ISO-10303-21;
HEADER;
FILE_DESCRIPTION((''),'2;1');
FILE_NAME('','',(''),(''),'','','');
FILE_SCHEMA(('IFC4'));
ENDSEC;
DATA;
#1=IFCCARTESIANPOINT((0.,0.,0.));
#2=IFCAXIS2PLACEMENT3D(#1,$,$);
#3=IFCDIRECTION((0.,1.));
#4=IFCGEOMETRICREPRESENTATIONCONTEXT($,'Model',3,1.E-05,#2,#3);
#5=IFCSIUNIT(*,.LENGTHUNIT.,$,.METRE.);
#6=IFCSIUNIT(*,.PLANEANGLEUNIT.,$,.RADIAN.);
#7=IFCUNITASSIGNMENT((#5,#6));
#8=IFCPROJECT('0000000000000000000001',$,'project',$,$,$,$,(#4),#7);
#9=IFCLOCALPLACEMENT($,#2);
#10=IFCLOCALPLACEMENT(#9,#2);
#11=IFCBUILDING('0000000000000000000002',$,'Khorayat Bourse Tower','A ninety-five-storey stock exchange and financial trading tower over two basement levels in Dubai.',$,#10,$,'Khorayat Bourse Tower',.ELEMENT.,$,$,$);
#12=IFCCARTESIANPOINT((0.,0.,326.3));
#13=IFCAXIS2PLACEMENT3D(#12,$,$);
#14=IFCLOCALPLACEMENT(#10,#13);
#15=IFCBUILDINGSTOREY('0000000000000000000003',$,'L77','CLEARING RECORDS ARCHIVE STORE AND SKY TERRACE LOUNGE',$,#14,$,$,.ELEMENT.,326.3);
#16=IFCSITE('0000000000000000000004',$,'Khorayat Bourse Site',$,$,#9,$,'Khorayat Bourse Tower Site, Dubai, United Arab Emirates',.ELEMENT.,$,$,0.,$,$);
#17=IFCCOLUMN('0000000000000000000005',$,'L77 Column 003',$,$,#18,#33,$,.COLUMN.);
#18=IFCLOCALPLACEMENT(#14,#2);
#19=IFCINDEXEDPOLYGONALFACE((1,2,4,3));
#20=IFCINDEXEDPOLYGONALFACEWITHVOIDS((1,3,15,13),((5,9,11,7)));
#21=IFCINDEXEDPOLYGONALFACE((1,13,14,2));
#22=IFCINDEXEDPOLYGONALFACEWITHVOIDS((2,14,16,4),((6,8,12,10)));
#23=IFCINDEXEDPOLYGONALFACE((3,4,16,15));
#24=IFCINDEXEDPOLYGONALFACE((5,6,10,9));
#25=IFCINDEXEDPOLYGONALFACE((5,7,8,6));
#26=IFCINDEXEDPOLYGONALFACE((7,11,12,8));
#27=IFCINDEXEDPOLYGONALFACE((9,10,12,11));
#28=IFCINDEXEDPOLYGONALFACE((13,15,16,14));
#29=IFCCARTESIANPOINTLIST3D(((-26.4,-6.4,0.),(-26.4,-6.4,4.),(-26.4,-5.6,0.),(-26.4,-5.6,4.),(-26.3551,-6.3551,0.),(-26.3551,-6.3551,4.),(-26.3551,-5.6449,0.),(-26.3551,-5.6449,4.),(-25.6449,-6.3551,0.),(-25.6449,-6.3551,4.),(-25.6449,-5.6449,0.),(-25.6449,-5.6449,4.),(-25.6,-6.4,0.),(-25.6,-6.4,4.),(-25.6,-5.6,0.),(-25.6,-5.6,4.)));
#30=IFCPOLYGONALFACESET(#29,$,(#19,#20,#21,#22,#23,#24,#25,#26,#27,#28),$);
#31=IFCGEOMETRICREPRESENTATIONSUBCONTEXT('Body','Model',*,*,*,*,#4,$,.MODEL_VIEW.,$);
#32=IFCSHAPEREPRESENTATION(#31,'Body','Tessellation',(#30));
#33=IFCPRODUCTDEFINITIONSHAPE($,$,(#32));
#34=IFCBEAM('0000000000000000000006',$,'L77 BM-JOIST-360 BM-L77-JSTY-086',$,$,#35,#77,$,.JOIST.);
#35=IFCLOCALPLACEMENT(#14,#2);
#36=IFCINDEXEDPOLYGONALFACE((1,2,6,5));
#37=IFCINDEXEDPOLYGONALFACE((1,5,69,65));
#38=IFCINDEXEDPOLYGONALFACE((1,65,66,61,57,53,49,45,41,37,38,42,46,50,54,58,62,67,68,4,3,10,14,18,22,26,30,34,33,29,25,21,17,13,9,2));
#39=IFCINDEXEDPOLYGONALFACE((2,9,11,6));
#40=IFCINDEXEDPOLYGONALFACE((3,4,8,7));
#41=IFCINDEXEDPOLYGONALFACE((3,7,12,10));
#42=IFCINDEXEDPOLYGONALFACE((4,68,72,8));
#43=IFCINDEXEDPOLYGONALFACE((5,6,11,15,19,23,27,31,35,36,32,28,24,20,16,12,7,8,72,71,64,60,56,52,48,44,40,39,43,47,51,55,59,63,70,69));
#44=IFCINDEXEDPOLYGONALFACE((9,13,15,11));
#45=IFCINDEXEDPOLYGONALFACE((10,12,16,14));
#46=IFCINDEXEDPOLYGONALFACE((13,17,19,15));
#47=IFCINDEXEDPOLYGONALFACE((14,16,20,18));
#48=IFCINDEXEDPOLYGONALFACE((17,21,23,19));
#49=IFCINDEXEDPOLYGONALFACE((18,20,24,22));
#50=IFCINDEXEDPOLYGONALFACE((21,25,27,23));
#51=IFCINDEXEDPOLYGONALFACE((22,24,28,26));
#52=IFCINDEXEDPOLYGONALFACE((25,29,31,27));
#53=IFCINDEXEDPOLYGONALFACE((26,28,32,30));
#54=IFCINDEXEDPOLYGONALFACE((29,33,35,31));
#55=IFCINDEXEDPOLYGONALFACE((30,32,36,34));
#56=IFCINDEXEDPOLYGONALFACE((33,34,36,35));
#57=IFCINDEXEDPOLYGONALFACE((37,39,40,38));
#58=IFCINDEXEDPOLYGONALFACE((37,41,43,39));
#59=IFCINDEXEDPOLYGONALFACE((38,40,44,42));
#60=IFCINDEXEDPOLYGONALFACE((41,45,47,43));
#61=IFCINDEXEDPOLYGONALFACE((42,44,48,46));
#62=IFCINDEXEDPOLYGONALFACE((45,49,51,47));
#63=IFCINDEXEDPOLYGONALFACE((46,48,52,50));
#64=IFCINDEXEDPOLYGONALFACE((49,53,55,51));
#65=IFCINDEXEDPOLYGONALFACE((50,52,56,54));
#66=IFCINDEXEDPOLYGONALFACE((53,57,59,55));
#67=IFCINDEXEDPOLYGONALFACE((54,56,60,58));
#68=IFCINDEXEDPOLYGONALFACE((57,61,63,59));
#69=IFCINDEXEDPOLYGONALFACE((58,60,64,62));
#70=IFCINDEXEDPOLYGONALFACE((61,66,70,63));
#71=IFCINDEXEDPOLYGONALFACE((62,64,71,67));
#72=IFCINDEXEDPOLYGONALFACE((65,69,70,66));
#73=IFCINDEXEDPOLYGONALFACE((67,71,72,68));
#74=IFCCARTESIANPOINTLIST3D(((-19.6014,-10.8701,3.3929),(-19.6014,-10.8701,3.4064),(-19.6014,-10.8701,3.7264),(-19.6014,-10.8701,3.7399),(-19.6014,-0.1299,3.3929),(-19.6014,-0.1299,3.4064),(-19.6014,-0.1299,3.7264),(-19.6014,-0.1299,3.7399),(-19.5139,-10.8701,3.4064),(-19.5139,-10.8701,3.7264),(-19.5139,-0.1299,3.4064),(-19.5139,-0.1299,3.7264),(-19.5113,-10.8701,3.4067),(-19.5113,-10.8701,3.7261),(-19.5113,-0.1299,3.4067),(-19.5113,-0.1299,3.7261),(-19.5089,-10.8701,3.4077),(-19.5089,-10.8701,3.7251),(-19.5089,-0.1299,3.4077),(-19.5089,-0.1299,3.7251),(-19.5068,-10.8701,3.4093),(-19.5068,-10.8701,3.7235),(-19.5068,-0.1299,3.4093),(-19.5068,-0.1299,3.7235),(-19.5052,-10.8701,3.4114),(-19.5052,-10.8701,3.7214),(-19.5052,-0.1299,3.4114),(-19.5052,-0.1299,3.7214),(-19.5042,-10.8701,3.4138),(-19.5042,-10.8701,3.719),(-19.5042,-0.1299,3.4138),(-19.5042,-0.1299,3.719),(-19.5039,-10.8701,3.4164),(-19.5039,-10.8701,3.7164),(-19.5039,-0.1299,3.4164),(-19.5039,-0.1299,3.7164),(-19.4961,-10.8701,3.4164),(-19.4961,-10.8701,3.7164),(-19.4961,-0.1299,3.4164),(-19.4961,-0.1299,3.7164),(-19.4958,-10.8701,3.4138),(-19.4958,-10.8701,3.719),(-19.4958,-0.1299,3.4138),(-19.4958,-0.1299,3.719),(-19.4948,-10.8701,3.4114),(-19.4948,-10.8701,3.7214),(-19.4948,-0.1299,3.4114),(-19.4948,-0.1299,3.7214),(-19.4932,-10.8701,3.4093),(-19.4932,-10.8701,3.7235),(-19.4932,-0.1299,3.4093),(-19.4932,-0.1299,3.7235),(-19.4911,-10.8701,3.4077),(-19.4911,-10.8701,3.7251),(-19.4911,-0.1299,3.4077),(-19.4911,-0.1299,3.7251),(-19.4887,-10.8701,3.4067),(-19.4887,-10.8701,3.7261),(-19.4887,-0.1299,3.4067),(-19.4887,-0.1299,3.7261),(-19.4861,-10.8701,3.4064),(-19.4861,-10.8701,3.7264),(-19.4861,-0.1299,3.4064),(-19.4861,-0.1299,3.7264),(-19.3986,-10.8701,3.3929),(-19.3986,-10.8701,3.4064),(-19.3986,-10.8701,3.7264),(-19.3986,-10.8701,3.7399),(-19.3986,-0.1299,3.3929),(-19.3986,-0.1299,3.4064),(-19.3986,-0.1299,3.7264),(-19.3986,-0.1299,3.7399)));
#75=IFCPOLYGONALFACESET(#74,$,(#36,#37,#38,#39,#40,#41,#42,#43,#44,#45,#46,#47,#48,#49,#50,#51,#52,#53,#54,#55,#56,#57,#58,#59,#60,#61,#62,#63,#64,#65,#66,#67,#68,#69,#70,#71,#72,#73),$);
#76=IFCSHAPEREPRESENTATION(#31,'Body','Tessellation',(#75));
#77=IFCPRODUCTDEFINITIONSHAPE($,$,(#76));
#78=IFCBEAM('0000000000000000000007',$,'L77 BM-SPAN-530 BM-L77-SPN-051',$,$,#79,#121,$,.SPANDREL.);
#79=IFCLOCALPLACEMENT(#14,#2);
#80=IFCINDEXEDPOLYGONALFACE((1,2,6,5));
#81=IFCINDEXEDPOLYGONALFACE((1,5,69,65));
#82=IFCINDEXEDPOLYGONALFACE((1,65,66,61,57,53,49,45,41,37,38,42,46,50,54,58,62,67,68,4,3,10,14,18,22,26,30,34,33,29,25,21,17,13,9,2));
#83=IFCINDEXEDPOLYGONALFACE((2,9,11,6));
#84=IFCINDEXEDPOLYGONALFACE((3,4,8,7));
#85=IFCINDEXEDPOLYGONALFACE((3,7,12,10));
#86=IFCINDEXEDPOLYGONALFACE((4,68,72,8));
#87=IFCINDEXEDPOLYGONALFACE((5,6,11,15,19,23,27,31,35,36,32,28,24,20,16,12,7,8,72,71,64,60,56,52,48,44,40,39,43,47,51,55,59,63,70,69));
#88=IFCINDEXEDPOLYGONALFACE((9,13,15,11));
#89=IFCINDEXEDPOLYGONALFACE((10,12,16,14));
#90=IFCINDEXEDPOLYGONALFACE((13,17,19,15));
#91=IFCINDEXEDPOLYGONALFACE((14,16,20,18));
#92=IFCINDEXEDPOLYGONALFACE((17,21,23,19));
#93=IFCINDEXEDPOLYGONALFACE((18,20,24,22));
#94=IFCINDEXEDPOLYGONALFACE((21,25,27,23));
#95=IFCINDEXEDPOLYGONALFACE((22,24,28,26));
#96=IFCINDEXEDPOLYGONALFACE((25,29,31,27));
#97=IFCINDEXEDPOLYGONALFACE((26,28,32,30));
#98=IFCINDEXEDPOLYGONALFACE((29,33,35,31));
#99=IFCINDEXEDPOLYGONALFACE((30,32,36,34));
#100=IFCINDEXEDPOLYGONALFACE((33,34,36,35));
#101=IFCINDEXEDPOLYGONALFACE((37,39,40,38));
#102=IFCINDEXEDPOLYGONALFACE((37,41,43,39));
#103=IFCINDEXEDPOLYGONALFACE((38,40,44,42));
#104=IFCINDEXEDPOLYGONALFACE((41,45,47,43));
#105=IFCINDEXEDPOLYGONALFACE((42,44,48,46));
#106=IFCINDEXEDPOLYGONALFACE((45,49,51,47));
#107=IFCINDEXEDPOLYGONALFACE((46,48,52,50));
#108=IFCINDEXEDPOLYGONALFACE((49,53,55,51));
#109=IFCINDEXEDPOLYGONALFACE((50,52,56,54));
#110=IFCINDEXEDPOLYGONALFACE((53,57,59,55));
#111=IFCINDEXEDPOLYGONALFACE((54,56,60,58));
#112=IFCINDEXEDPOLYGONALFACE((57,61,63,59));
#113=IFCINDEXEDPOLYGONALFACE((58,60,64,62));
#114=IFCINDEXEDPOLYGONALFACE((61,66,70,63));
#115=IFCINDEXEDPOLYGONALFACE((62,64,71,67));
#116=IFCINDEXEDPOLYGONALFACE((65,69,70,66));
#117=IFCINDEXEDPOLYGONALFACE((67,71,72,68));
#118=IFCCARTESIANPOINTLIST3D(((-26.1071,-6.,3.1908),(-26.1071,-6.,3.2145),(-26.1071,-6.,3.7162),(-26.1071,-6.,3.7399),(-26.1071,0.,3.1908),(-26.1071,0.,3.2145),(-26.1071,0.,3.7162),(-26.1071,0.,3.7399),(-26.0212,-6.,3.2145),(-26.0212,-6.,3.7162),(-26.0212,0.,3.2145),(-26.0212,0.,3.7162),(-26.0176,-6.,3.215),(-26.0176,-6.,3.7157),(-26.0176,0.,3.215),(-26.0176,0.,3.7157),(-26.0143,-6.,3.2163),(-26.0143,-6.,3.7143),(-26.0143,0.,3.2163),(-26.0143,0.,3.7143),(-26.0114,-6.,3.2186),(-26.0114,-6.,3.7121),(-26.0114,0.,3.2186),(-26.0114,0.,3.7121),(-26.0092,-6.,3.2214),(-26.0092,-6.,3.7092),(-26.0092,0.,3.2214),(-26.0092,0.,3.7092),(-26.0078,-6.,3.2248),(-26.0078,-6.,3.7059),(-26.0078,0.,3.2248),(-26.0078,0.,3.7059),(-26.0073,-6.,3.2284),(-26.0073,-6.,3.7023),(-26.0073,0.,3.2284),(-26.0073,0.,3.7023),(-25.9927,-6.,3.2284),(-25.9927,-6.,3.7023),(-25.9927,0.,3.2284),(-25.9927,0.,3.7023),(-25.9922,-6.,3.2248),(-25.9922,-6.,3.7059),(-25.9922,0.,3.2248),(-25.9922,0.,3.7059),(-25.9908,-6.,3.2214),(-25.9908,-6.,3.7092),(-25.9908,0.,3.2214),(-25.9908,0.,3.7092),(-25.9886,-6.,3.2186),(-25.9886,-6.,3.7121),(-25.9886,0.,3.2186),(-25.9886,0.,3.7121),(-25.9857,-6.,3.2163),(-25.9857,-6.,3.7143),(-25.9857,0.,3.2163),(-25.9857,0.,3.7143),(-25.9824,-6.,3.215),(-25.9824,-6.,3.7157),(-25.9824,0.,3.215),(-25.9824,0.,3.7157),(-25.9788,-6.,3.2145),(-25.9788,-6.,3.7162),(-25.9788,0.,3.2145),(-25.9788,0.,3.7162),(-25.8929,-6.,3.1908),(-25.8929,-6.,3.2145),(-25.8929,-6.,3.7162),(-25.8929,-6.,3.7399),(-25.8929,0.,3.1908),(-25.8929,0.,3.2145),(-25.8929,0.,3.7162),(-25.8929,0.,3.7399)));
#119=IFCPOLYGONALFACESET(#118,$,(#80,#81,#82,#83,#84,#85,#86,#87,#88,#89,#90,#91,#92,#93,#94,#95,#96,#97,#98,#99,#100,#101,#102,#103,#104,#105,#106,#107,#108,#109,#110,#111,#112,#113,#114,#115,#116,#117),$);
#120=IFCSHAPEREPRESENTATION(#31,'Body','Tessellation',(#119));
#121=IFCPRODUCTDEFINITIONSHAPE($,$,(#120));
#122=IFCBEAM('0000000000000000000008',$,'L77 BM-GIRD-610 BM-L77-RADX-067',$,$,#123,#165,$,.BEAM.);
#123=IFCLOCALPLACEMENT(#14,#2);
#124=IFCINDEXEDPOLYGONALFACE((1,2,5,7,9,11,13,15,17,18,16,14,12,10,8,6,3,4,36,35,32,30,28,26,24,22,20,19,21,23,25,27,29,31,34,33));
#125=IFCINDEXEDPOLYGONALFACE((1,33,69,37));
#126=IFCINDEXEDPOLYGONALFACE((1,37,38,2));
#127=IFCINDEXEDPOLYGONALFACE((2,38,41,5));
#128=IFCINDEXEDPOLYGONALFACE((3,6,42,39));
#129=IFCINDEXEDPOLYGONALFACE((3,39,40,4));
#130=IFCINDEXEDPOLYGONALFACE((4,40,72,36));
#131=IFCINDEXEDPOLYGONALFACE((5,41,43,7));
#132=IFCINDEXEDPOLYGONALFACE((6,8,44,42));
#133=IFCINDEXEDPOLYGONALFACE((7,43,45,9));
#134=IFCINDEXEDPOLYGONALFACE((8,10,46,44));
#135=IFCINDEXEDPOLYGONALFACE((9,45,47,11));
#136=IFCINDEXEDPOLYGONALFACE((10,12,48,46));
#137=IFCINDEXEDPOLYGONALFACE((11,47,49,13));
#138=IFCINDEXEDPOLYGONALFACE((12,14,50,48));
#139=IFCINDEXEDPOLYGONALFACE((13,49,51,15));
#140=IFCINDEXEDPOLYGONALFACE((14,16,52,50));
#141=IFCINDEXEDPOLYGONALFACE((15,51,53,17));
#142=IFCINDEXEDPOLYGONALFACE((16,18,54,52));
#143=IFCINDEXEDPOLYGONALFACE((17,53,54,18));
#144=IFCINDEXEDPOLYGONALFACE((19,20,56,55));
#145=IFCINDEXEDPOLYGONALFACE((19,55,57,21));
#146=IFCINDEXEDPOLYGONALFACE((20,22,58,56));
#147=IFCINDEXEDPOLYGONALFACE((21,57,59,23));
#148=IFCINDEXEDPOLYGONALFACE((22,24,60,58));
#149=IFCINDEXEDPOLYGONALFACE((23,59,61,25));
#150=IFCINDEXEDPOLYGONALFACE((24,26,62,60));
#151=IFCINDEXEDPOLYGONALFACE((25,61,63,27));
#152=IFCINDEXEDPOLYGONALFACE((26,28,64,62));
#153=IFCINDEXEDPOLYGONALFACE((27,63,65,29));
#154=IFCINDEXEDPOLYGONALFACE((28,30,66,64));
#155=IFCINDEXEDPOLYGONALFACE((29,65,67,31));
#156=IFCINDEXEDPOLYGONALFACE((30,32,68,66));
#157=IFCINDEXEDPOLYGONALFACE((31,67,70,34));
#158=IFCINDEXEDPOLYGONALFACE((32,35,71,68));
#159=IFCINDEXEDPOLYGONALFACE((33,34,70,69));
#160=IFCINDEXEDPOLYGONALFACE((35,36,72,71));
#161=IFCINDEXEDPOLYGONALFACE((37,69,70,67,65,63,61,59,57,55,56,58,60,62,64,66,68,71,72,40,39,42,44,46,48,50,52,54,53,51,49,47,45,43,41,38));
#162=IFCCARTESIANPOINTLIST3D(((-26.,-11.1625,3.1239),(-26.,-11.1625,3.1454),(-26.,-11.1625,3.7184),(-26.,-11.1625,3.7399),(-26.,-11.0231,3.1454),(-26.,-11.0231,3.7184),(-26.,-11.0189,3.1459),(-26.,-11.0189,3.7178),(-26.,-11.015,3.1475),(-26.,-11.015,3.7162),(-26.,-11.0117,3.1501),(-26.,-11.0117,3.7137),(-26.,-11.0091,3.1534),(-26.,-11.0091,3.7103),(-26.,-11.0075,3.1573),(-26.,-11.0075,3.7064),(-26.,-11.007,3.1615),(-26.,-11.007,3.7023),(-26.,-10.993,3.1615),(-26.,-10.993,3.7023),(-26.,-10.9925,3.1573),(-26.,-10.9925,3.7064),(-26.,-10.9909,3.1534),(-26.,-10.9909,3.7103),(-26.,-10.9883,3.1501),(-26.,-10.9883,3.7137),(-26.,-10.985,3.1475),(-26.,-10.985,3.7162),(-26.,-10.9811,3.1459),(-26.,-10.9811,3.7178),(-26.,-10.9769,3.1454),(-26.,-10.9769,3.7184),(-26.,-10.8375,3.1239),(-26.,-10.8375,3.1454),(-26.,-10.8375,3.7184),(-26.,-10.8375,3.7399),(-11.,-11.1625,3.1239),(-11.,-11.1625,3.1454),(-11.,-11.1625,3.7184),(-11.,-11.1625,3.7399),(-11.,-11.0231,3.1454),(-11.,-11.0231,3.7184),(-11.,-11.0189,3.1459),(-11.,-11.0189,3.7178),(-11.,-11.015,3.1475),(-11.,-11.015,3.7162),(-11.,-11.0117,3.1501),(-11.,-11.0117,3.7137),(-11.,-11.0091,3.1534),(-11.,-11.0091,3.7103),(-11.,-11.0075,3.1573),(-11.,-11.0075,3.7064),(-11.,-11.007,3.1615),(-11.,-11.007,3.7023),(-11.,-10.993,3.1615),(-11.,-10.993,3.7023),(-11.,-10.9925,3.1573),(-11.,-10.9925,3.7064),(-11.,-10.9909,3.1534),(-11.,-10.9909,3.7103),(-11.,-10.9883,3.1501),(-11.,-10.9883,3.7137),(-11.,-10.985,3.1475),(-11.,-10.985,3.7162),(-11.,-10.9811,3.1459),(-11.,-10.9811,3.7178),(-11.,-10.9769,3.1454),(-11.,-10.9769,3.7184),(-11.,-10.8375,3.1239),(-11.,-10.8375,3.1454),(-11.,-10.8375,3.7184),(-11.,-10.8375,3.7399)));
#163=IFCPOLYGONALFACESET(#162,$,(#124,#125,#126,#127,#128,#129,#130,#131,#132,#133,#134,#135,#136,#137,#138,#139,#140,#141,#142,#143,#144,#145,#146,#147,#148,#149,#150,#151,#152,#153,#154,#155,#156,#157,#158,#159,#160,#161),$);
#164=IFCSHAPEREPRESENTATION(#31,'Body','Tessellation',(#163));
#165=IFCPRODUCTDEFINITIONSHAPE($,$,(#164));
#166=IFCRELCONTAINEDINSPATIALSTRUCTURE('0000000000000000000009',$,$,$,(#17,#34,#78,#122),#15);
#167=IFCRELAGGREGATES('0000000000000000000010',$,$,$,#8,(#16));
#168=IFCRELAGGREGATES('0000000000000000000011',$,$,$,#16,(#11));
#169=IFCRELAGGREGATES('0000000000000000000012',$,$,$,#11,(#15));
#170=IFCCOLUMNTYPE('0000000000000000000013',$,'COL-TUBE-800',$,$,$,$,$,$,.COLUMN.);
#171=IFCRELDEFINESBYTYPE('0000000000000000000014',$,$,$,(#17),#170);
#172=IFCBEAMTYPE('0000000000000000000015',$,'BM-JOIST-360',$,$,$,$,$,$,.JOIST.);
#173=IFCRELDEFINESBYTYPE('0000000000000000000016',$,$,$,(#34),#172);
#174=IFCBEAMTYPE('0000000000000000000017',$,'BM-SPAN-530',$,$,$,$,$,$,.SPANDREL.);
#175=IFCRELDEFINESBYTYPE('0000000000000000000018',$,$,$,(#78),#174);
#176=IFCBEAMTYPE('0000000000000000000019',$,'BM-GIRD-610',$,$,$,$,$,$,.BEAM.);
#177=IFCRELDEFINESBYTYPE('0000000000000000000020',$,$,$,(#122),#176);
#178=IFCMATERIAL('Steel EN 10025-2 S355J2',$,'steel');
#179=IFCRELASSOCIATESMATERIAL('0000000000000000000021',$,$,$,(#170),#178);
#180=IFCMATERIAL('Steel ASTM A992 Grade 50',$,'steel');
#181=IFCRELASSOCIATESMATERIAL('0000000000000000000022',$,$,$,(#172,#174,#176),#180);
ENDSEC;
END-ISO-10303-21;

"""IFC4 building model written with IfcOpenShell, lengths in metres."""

from ifc_helpers import new_model, si_unit, direction, frame, origin, origin_2d, place, context, subcontext, project, spatial, hollow_rectangle, i_section, extrude, source, transform, mapped, material, material_profile, profile_set, type_object, element, save


model = new_model("IFC4")

# Units and contexts
model_context = context("Model", 3, precision=1e-05, world=origin(), true_north=direction((0.0, 1.0)))
body_context = subcontext(model_context, "Body", "Model", "MODEL_VIEW")
ifc_project = project(units=[si_unit("LENGTHUNIT", "METRE"), si_unit("PLANEANGLEUNIT", "RADIAN")], contexts=[model_context])

# Site, building, storey
site_placement = place(None, origin())
site = spatial("IfcSite", under=ifc_project, at=site_placement, Name="Khorayat Bourse Site", LongName="Khorayat Bourse Tower Site, Dubai, United Arab Emirates", CompositionType="ELEMENT", RefElevation=0.0)
building_placement = place(site_placement, origin())
building = spatial("IfcBuilding", under=site, at=building_placement, Name="Khorayat Bourse Tower", Description="A ninety-five-storey stock exchange and financial trading tower over two basement levels in Dubai.", LongName="Khorayat Bourse Tower", CompositionType="ELEMENT")
storey_placement = place(building_placement, frame((0.0, 0.0, 326.3)))
storey = spatial("IfcBuildingStorey", under=building, at=storey_placement, Name="L77", Description="CLEARING RECORDS ARCHIVE STORE AND SKY TERRACE LOUNGE", CompositionType="ELEMENT", Elevation=326.3)

# Column
ifc_material_1 = material(Name="Steel EN 10025-2 S355J2", Category="steel")
ifc_material_profile_1 = material_profile(ifc_material_1, hollow_rectangle(XDim=0.8, YDim=0.8, WallThickness=0.0449, at=origin_2d()), Name="BOX 800x800x45")
ifc_profile_set_1 = profile_set([ifc_material_profile_1], Name="Steel EN 10025-2 S355J2")
column_type = type_object("IfcColumnType", Name="COL-TUBE-800", PredefinedType="COLUMN", material=ifc_profile_set_1)
shared_shape_1 = source(origin(), body_context, "Body", "SweptSolid", [
    extrude(hollow_rectangle(XDim=0.8, YDim=0.8, WallThickness=0.0449, at=origin_2d()), origin(), (0.0, 0.0, 1.0), 4.0),
])
column_placement = place(storey_placement, frame((-26.0, -6.0, 0.0), z_axis=(0.0, 0.0, 1.0), x_axis=(1.0, 0.0, 0.0)))
element("IfcColumn", 1, at=column_placement, inside=storey, type_object=column_type, Name="L77 Column 003", PredefinedType="COLUMN", context=body_context, shape_type="MappedRepresentation", body=[
    mapped(shared_shape_1, transform((0.0, 0.0, 0.0), scale=1.0)),
])

# Beams
ifc_material_2 = material(Name="Steel ASTM A992 Grade 50", Category="steel")
ifc_material_profile_2 = material_profile(ifc_material_2, i_section(OverallWidth=0.2029, OverallDepth=0.3469, WebThickness=0.0078, FlangeThickness=0.0134, FilletRadius=0.01, at=origin_2d()), Name="W360X64")
ifc_profile_set_2 = profile_set([ifc_material_profile_2], Name="Steel ASTM A992 Grade 50")
beam_type_1 = type_object("IfcBeamType", Name="BM-JOIST-360", PredefinedType="JOIST", material=ifc_profile_set_2)
shared_shape_2 = source(origin(), body_context, "Body", "SweptSolid", [
    extrude(i_section(OverallWidth=0.2029, OverallDepth=0.3469, WebThickness=0.0078, FlangeThickness=0.0134, FilletRadius=0.01, at=origin_2d()), origin(), (0.0, 0.0, 1.0), 10.7402),
])
beam_1_placement = place(storey_placement, frame((-19.5, -10.8701, 3.5664), z_axis=(0.0, 1.0, 0.0), x_axis=(-1.0, 0.0, 0.0)))
element("IfcBeam", 2, at=beam_1_placement, inside=storey, type_object=beam_type_1, Name="L77 BM-JOIST-360 BM-L77-JSTY-086", PredefinedType="JOIST", context=body_context, shape_type="MappedRepresentation", body=[
    mapped(shared_shape_2, transform((0.0, 0.0, 0.0), scale=1.0)),
])
ifc_material_profile_3 = material_profile(ifc_material_2, i_section(OverallWidth=0.2141, OverallDepth=0.5491, WebThickness=0.0146, FlangeThickness=0.0237, FilletRadius=0.0139, at=origin_2d()), Name="W530X138")
ifc_profile_set_3 = profile_set([ifc_material_profile_3], Name="Steel ASTM A992 Grade 50")
beam_type_2 = type_object("IfcBeamType", Name="BM-SPAN-530", PredefinedType="SPANDREL", material=ifc_profile_set_3)
shared_shape_3 = source(origin(), body_context, "Body", "SweptSolid", [
    extrude(i_section(OverallWidth=0.2141, OverallDepth=0.5491, WebThickness=0.0146, FlangeThickness=0.0237, FilletRadius=0.0139, at=origin_2d()), origin(), (0.0, 0.0, 1.0), 6.0),
])
beam_2_placement = place(storey_placement, frame((-26.0, -6.0, 3.4653), z_axis=(0.0, 1.0, 0.0), x_axis=(-1.0, 0.0, 0.0)))
element("IfcBeam", 3, at=beam_2_placement, inside=storey, type_object=beam_type_2, Name="L77 BM-SPAN-530 BM-L77-SPN-051", PredefinedType="SPANDREL", context=body_context, shape_type="MappedRepresentation", body=[
    mapped(shared_shape_3, transform((0.0, 0.0, 0.0), scale=1.0)),
])
ifc_material_profile_4 = material_profile(ifc_material_2, i_section(OverallWidth=0.325, OverallDepth=0.616, WebThickness=0.0139, FlangeThickness=0.0215, FilletRadius=0.0161, at=origin_2d()), Name="W610X174")
ifc_profile_set_4 = profile_set([ifc_material_profile_4], Name="Steel ASTM A992 Grade 50")
beam_type_3 = type_object("IfcBeamType", Name="BM-GIRD-610", PredefinedType="BEAM", material=ifc_profile_set_4)
shared_shape_4 = source(origin(), body_context, "Body", "SweptSolid", [
    extrude(i_section(OverallWidth=0.325, OverallDepth=0.616, WebThickness=0.0139, FlangeThickness=0.0215, FilletRadius=0.0161, at=origin_2d()), origin(), (0.0, 0.0, 1.0), 15.0),
])
for number, where, z_axis, x_axis, name in (
    (4, (-26.0, -11.0, 3.4319), (1.0, 0.0, 0.0), (0.0, 1.0, 0.0), "L77 BM-GIRD-610 BM-L77-RADX-067"),
):
    element("IfcBeam", number, at=place(storey_placement, frame(where, z_axis=z_axis, x_axis=x_axis)), inside=storey, type_object=beam_type_3, Name=name, PredefinedType="BEAM", context=body_context, shape_type="MappedRepresentation", body=[
        mapped(shared_shape_4, transform((0.0, 0.0, 0.0), scale=1.0)),
    ])

save(model, "model.ifc")
